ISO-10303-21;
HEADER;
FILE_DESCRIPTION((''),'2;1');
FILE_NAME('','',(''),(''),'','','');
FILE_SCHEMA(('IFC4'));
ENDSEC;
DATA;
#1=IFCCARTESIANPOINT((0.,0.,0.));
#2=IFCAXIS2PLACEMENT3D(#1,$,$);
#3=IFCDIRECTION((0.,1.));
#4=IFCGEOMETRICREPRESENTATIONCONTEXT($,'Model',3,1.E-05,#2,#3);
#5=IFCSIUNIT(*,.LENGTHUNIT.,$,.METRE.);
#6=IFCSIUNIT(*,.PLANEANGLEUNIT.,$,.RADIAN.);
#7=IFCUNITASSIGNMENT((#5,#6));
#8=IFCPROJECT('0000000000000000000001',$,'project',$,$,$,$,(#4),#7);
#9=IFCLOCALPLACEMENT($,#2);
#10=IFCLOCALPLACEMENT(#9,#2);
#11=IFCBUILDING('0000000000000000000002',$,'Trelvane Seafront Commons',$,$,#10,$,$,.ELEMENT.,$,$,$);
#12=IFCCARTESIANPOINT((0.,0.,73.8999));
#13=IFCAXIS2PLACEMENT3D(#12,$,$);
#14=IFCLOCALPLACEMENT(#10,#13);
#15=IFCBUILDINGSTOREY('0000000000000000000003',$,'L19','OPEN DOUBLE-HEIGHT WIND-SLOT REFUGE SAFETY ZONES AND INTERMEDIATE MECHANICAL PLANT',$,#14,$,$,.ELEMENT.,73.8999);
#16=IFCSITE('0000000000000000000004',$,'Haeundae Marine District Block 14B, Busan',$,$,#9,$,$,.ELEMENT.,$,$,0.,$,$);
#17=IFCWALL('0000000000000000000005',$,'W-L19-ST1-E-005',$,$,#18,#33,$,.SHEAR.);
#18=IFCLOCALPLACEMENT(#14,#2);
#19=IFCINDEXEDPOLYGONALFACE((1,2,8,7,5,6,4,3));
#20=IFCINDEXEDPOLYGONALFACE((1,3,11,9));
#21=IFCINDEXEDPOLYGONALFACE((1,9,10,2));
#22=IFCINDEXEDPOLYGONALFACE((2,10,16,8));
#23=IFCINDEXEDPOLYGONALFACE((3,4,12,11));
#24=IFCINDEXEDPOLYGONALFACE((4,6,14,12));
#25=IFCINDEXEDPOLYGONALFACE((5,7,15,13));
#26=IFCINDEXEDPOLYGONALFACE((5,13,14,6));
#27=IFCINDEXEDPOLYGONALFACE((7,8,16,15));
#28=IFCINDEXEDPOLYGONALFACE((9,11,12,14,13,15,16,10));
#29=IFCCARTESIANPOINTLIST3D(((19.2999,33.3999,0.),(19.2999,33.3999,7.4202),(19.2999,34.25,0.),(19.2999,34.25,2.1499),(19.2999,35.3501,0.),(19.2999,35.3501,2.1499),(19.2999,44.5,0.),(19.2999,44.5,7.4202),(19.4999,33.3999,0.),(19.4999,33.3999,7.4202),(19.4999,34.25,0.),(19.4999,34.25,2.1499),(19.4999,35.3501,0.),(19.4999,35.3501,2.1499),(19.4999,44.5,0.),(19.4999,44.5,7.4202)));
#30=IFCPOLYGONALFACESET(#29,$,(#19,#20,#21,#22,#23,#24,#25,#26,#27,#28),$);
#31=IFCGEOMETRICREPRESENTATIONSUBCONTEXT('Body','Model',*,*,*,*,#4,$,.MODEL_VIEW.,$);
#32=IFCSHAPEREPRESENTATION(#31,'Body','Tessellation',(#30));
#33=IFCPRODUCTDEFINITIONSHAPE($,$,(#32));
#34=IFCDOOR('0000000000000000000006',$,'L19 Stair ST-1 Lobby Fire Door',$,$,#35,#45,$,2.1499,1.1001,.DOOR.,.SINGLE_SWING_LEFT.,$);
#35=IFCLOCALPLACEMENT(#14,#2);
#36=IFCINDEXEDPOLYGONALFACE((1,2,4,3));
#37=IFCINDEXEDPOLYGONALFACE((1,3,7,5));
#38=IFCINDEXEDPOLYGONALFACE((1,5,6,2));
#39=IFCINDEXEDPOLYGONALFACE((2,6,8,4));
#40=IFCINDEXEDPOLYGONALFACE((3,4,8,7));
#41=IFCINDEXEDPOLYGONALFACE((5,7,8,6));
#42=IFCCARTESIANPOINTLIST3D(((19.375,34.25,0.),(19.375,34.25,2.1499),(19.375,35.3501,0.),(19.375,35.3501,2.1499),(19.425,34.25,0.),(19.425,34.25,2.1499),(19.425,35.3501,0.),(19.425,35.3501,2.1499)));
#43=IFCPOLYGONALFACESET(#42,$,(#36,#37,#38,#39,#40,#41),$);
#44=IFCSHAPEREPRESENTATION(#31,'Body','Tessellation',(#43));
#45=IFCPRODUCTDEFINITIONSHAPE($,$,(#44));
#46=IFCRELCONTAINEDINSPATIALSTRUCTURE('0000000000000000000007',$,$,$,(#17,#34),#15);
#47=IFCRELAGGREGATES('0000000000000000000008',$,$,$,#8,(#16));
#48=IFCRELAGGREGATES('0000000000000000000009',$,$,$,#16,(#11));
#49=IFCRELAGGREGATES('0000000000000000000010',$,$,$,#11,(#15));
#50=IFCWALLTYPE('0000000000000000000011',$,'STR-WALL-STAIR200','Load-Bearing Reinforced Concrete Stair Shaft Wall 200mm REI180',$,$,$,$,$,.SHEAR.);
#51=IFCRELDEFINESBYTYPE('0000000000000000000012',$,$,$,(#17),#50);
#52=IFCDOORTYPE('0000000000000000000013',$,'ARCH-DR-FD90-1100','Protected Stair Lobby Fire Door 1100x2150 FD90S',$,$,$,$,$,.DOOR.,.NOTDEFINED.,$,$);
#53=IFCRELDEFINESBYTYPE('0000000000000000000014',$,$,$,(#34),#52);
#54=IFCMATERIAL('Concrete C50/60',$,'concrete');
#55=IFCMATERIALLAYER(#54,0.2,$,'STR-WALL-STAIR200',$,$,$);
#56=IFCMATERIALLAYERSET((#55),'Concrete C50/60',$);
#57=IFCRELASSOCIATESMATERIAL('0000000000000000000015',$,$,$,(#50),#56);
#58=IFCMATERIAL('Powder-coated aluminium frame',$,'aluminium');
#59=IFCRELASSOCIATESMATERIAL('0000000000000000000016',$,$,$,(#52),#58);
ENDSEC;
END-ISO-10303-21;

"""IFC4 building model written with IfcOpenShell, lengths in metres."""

from ifc_helpers import new_model, si_unit, direction, frame, frame_2d, origin, place, context, subcontext, project, spatial, rectangle, extrude, source, transform, mapped, material, layer, layer_set, type_object, element, fill, save


model = new_model("IFC4")

# Units and contexts
model_context = context("Model", 3, precision=1e-05, world=origin(), true_north=direction((0.0, 1.0)))
body_context = subcontext(model_context, "Body", "Model", "MODEL_VIEW")
ifc_project = project(units=[si_unit("LENGTHUNIT", "METRE"), si_unit("PLANEANGLEUNIT", "RADIAN")], contexts=[model_context])

# Site, building, storey
site_placement = place(None, origin())
site = spatial("IfcSite", under=ifc_project, at=site_placement, Name="Haeundae Marine District Block 14B, Busan", CompositionType="ELEMENT", RefElevation=0.0)
building_placement = place(site_placement, origin())
building = spatial("IfcBuilding", under=site, at=building_placement, Name="Trelvane Seafront Commons", CompositionType="ELEMENT")
storey_placement = place(building_placement, frame((0.0, 0.0, 73.8999)))
storey = spatial("IfcBuildingStorey", under=building, at=storey_placement, Name="L19", Description="OPEN DOUBLE-HEIGHT WIND-SLOT REFUGE SAFETY ZONES AND INTERMEDIATE MECHANICAL PLANT", CompositionType="ELEMENT", Elevation=73.8999)

# Shared definitions
ifc_material_1 = material(Name="Powder-coated aluminium frame", Category="aluminium")

# Shared definitions
ifc_material_2 = material(Name="Concrete C50/60", Category="concrete")
ifc_layer_1 = layer(ifc_material_2, 0.2, Name="STR-WALL-STAIR200")
ifc_layer_set_1 = layer_set([ifc_layer_1], Name="Concrete C50/60")
wall_type_1 = type_object("IfcWallType", Name="STR-WALL-STAIR200", Description="Load-Bearing Reinforced Concrete Stair Shaft Wall 200mm REI180", PredefinedType="SHEAR", material=ifc_layer_set_1)

# Wall, opening, door
wall_1_placement = place(storey_placement, frame((19.3999, 33.3999, 0.0), z_axis=(0.0, 0.0, 1.0), x_axis=(0.0, 1.0, 0.0)))
wall_1 = element("IfcWall", 1, at=wall_1_placement, inside=storey, type_object=wall_type_1, Name="W-L19-ST1-E-005", PredefinedType="SHEAR", context=body_context, shape_type="SweptSolid", body=[
    extrude(rectangle(XDim=11.1001, YDim=0.2, at=frame_2d((5.55, 0.0))), origin(), (0.0, 0.0, 1.0), 7.4202),
])
opening_1_placement = place(wall_1_placement, frame((0.8501, 0.0, 0.0)))
opening_1 = element("IfcOpeningElement", 2, at=opening_1_placement, cuts=wall_1, PredefinedType="OPENING", context=body_context, shape_type="SweptSolid", body=[
    extrude(rectangle(XDim=1.1001, YDim=2.1499, at=frame_2d((0.55, 1.075))), frame((0.0, 0.1099, 0.0), z_axis=(0.0, -1.0, 0.0), x_axis=(1.0, 0.0, 0.0)), (0.0, 0.0, 1.0), 0.22),
])
door_type_1 = type_object("IfcDoorType", Name="ARCH-DR-FD90-1100", Description="Protected Stair Lobby Fire Door 1100x2150 FD90S", OperationType="NOTDEFINED", PredefinedType="DOOR", material=ifc_material_1)
shared_shape_1 = source(origin(), body_context, "Body", "SweptSolid", [
    extrude(rectangle(XDim=1.1001, YDim=2.1499, at=frame_2d((0.55, 1.075))), frame((0.0, 0.0249, 0.0), z_axis=(0.0, -1.0, 0.0), x_axis=(1.0, 0.0, 0.0)), (0.0, 0.0, 1.0), 0.05),
])
door_1_placement = place(opening_1_placement, origin())
door_1 = element("IfcDoor", 3, at=door_1_placement, inside=storey, type_object=door_type_1, Name="L19 Stair ST-1 Lobby Fire Door", OperationType="SINGLE_SWING_LEFT", OverallHeight=2.1499, OverallWidth=1.1001, PredefinedType="DOOR", context=body_context, shape_type="MappedRepresentation", body=[
    mapped(shared_shape_1, transform((0.0, 0.0, 0.0), x_axis=(1.0, 0.0, 0.0), y_axis=(0.0, 1.0, 0.0), z_axis=(0.0, 0.0, 1.0), scale=1.0)),
])
fill(opening_1, door_1)

save(model, "model.ifc")
